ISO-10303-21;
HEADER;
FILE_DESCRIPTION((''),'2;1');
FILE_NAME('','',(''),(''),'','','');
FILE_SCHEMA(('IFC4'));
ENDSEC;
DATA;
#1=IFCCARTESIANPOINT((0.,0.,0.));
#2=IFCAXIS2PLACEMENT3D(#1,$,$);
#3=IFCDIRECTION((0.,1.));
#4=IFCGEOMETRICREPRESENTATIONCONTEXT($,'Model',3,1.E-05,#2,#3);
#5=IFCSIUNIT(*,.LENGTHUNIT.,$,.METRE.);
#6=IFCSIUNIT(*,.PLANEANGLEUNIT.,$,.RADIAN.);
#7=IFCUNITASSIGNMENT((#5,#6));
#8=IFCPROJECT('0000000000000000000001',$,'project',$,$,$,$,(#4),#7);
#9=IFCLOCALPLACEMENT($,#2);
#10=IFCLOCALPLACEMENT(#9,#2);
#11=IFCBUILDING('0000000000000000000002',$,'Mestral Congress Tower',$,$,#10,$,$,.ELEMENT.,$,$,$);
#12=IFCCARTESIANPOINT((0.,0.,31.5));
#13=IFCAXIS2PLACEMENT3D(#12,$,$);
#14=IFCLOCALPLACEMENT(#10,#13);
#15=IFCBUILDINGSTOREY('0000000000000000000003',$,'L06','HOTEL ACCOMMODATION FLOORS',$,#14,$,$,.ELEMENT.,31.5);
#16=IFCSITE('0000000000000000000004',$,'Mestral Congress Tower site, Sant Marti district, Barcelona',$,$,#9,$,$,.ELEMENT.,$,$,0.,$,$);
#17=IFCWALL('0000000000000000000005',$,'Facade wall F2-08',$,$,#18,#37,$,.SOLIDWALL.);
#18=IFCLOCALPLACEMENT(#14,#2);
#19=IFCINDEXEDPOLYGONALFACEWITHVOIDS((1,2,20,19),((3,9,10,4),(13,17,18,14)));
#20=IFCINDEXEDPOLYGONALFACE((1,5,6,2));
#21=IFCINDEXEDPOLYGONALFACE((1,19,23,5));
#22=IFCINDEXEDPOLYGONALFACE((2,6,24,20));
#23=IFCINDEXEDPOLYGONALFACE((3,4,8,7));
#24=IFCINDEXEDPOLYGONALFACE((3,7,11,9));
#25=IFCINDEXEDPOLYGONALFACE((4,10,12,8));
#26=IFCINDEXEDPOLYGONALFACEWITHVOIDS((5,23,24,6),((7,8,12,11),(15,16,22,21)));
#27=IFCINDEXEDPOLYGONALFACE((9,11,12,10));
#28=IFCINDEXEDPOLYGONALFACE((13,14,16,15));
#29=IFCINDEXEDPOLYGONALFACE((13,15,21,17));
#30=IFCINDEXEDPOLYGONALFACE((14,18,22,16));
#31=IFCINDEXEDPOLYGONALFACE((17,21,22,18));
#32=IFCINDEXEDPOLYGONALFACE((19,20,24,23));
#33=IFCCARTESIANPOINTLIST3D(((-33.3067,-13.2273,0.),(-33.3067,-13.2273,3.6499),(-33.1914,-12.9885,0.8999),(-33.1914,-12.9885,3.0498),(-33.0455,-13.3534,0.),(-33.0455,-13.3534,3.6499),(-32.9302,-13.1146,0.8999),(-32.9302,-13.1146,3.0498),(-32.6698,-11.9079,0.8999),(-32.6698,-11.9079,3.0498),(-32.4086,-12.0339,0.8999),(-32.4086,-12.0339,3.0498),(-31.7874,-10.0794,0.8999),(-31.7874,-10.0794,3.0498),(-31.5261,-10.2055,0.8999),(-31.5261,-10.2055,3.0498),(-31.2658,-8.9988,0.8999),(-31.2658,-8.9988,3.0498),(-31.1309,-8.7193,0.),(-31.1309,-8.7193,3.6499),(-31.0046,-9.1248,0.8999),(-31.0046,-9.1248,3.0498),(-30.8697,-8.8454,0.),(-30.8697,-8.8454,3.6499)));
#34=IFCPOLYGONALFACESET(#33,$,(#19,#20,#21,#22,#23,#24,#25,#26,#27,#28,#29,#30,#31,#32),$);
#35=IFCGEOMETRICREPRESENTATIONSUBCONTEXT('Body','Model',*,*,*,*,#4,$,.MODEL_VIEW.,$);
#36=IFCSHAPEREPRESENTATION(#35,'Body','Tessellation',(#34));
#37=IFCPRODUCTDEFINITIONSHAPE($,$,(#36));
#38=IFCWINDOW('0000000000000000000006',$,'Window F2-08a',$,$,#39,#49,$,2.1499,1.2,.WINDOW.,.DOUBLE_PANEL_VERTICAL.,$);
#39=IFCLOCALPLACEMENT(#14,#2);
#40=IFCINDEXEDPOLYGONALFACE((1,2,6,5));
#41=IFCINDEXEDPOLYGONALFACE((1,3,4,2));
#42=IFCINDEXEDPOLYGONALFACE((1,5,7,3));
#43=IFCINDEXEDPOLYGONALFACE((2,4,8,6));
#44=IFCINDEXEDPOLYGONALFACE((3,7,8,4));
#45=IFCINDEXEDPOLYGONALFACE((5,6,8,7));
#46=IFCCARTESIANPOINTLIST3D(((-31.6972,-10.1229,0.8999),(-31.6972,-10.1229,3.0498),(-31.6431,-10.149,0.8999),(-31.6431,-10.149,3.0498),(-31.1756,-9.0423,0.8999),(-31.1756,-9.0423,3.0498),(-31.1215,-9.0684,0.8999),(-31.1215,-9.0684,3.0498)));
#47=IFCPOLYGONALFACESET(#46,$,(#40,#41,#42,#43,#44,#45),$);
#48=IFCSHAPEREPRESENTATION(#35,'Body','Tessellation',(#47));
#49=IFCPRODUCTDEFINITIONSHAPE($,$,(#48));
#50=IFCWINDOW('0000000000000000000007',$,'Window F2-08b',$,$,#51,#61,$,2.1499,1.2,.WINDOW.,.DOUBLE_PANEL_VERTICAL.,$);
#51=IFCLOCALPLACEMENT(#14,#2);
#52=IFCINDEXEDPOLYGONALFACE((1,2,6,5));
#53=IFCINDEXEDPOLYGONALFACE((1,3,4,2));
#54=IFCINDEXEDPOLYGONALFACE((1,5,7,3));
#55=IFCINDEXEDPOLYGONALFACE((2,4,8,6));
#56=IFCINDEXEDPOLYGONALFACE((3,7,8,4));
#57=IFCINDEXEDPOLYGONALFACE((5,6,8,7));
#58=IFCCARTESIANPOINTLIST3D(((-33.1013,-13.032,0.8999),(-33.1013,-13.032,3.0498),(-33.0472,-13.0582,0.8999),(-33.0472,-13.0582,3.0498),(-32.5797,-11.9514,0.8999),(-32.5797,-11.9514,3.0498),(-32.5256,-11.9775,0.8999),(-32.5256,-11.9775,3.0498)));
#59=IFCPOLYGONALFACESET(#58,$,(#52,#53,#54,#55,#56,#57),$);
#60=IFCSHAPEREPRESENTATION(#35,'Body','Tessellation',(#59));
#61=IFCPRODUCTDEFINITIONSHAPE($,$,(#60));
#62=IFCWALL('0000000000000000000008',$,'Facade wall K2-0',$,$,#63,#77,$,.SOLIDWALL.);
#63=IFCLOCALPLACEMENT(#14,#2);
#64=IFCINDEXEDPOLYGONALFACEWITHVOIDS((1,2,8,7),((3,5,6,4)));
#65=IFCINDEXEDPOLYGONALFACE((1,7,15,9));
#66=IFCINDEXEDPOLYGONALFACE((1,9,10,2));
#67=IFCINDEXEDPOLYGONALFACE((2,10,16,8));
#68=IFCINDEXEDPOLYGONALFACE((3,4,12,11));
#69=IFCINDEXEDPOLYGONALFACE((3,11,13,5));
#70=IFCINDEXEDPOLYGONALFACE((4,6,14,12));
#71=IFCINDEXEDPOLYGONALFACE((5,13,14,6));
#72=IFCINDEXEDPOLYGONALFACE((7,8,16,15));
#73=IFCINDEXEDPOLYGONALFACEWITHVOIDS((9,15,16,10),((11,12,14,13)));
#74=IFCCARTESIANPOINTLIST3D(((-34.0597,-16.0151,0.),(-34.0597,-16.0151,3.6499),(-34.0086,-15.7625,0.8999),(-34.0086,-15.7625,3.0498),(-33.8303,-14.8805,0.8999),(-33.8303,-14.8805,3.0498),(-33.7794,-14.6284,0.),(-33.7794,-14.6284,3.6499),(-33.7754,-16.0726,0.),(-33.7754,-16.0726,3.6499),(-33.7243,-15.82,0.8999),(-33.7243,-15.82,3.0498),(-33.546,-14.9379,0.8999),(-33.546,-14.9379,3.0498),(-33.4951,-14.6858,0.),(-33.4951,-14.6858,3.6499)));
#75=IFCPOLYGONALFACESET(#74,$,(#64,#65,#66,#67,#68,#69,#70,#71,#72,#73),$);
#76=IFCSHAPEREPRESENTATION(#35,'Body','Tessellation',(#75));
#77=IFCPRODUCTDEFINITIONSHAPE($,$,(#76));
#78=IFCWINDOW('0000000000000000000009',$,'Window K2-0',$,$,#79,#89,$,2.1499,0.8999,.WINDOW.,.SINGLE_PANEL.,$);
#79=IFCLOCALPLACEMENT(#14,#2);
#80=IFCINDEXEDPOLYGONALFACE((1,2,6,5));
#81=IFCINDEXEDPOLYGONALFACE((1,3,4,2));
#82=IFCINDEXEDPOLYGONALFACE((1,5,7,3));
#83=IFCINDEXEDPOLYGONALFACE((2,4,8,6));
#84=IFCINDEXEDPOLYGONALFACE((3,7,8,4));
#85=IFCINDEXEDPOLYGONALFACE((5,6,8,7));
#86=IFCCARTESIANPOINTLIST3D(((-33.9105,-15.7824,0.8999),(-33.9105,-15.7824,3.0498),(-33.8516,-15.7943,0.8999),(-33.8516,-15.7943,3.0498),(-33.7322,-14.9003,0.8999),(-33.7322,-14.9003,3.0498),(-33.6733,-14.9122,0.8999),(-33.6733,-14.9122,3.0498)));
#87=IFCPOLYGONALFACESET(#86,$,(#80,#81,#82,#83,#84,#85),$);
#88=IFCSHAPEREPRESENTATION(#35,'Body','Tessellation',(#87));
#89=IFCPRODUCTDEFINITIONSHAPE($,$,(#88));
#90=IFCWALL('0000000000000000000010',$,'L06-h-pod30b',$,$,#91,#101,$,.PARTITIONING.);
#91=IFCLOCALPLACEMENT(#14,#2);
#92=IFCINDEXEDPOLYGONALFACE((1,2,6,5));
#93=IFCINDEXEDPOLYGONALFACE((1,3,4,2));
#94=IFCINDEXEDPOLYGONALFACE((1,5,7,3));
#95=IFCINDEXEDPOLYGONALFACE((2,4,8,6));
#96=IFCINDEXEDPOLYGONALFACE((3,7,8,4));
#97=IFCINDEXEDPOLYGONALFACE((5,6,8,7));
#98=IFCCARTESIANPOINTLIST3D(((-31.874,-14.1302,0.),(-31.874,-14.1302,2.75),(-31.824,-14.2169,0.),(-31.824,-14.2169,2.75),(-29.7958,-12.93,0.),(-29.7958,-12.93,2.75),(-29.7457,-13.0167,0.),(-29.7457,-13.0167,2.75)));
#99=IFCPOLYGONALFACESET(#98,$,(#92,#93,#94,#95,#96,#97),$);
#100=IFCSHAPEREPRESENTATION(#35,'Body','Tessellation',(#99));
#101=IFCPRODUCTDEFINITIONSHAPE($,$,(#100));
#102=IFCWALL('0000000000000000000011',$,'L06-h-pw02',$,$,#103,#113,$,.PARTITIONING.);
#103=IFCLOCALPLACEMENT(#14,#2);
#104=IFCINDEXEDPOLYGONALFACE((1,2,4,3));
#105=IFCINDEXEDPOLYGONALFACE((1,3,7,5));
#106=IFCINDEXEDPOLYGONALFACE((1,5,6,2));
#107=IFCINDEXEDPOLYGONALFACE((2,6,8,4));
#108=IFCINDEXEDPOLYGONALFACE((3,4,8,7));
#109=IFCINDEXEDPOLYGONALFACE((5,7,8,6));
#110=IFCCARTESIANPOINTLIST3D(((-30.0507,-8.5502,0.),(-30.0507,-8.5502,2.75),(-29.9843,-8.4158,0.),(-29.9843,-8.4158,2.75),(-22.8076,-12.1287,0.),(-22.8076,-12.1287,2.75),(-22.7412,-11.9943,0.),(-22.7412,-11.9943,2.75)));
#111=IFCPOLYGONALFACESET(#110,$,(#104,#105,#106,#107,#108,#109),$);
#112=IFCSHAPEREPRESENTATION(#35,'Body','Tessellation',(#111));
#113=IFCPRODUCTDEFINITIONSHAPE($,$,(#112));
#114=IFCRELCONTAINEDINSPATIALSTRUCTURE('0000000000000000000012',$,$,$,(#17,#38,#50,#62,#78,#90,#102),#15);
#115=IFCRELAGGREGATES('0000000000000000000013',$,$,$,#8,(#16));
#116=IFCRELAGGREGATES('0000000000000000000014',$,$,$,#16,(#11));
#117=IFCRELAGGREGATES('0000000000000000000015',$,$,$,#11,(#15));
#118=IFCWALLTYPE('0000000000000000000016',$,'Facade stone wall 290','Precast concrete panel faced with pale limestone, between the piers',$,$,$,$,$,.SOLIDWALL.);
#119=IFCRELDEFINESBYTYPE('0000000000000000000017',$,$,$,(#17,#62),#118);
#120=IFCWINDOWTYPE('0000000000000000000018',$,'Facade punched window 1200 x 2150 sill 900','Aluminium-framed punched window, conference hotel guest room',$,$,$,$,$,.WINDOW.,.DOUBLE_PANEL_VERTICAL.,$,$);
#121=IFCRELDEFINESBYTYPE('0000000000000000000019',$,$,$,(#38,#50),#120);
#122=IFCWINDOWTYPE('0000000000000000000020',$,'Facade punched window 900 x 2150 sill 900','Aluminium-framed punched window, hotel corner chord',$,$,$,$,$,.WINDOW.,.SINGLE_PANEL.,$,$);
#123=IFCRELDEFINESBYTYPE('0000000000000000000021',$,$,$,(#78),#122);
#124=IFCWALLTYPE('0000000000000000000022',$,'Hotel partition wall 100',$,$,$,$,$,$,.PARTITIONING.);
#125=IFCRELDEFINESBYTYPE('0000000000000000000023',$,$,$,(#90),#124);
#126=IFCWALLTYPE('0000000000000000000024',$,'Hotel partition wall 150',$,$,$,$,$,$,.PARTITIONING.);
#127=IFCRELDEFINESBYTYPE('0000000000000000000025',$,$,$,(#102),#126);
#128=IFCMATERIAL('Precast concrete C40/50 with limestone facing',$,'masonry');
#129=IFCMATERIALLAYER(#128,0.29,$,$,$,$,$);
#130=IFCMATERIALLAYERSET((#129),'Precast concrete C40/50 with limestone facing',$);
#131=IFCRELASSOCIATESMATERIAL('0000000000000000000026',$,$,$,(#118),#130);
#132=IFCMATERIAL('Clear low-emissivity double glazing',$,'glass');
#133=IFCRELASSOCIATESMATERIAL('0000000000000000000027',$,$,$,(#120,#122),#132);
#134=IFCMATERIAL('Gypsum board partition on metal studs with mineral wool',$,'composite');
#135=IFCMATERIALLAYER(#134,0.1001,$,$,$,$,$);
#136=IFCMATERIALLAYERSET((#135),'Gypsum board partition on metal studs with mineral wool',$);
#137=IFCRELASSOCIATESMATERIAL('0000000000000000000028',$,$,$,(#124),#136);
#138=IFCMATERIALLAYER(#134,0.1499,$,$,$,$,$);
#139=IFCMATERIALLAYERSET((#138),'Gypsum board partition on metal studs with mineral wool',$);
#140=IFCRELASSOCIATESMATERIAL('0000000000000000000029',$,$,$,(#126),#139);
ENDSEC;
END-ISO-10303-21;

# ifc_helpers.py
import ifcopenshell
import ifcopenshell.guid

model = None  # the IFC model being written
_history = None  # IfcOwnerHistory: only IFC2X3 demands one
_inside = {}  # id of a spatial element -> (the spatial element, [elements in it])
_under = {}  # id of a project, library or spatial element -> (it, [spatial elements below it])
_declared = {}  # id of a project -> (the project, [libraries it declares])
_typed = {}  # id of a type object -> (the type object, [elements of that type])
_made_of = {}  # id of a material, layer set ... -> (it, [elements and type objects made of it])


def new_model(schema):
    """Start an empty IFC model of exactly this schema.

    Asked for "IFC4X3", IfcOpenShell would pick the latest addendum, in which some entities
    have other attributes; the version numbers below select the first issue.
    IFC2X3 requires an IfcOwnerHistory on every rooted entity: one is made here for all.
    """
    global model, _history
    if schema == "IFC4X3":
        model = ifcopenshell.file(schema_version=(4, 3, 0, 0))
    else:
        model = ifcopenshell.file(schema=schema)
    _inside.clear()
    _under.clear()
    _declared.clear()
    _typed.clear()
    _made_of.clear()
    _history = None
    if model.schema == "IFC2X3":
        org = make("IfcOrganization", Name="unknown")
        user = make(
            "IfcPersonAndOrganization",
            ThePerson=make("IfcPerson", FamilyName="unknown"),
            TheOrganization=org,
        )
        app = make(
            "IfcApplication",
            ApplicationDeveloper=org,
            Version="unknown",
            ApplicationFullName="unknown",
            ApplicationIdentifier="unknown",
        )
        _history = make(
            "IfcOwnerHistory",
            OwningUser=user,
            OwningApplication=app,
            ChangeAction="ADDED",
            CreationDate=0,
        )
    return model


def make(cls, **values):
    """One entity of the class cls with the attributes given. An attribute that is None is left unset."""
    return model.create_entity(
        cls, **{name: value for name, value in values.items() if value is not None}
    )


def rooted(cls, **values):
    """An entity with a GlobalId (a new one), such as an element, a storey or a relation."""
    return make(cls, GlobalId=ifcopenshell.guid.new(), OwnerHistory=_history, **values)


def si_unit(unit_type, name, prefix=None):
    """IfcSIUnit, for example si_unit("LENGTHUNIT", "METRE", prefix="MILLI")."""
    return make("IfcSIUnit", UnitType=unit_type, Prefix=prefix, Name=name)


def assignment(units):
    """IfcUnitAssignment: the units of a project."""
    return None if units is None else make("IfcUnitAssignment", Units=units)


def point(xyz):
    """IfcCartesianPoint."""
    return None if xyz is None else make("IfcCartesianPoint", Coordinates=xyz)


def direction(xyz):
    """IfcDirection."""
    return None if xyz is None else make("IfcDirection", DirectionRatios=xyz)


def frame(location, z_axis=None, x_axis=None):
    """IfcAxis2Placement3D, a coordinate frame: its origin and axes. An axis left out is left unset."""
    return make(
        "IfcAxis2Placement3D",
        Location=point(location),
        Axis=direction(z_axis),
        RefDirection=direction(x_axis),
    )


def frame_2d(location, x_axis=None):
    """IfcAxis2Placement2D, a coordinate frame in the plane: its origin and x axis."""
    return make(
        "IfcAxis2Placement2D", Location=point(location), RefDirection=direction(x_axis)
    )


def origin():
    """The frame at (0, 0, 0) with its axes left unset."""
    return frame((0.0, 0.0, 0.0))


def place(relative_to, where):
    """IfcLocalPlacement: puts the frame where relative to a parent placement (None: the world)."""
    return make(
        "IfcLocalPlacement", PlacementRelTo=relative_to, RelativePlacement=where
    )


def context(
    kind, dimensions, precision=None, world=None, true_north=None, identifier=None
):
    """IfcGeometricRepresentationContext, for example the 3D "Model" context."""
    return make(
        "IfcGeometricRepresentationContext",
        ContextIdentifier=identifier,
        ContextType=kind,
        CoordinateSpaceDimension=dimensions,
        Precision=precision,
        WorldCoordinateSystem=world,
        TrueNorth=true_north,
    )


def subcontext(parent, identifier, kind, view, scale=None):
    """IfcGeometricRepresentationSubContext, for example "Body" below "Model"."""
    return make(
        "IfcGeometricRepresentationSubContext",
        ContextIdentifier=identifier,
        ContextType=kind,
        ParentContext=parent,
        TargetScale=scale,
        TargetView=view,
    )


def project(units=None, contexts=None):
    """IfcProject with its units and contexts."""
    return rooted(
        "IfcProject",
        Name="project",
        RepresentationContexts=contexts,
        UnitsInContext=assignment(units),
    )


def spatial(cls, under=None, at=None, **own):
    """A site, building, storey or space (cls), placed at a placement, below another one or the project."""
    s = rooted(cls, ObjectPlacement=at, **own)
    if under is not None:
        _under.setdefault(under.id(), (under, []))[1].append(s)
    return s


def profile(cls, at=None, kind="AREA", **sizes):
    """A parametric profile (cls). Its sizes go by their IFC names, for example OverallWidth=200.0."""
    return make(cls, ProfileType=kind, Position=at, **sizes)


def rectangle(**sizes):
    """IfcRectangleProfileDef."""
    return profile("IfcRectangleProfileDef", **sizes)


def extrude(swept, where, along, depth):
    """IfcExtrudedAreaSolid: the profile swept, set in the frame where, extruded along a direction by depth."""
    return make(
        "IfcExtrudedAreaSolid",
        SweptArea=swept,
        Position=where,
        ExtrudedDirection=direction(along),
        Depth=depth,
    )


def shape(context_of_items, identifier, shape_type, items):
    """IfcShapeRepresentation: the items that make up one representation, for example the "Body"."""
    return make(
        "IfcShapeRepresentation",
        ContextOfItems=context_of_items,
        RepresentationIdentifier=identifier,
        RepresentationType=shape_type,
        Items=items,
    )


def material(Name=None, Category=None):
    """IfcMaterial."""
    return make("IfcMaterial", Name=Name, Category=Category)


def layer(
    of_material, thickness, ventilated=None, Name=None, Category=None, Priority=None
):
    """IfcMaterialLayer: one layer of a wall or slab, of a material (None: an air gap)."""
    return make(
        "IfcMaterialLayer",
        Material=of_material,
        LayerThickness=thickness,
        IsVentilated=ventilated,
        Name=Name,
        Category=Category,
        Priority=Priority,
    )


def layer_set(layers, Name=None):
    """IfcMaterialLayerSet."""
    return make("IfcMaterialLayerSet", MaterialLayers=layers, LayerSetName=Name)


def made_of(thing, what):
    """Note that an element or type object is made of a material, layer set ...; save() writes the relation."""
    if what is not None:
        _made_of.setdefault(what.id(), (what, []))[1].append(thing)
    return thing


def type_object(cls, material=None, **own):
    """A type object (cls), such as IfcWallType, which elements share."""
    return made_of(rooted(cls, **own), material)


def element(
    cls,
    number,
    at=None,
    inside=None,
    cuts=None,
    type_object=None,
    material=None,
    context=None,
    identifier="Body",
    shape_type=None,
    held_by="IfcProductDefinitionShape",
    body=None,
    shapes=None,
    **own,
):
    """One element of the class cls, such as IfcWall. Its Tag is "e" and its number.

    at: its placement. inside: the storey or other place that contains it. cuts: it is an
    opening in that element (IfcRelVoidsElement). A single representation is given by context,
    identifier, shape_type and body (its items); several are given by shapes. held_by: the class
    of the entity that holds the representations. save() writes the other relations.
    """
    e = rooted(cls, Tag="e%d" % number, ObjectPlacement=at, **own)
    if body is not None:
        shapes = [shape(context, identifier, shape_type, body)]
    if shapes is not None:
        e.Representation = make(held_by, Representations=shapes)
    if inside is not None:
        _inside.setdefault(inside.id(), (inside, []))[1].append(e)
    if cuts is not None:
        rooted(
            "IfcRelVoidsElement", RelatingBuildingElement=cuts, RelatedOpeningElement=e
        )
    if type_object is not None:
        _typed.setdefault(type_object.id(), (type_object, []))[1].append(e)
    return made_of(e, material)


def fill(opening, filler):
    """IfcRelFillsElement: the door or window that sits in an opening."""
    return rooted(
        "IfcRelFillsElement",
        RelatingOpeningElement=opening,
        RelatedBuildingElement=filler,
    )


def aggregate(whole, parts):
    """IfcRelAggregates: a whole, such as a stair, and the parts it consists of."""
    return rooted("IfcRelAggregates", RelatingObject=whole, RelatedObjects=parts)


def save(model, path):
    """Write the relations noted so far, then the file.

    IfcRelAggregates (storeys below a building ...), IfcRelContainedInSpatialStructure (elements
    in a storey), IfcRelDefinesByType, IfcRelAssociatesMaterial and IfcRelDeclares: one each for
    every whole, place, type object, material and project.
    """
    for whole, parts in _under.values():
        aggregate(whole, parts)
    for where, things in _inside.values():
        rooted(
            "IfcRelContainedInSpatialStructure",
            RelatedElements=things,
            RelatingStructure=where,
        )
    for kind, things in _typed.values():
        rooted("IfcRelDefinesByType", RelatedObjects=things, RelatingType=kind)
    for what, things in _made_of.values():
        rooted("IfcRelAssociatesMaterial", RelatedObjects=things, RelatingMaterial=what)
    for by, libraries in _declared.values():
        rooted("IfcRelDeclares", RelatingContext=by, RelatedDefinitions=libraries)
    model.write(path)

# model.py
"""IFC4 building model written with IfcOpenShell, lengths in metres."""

from ifc_helpers import new_model, si_unit, direction, frame, frame_2d, origin, place, context, subcontext, project, spatial, rectangle, extrude, material, layer, layer_set, type_object, element, fill, save


model = new_model("IFC4")

# Units and contexts
model_context = context("Model", 3, precision=1e-05, world=origin(), true_north=direction((0.0, 1.0)))
body_context = subcontext(model_context, "Body", "Model", "MODEL_VIEW")
ifc_project = project(units=[si_unit("LENGTHUNIT", "METRE"), si_unit("PLANEANGLEUNIT", "RADIAN")], contexts=[model_context])

# Site, building, storey
site_placement = place(None, origin())
site = spatial("IfcSite", under=ifc_project, at=site_placement, Name="Mestral Congress Tower site, Sant Marti district, Barcelona", CompositionType="ELEMENT", RefElevation=0.0)
building_placement = place(site_placement, origin())
building = spatial("IfcBuilding", under=site, at=building_placement, Name="Mestral Congress Tower", CompositionType="ELEMENT")
storey_placement = place(building_placement, frame((0.0, 0.0, 31.5)))
storey = spatial("IfcBuildingStorey", under=building, at=storey_placement, Name="L06", Description="HOTEL ACCOMMODATION FLOORS", CompositionType="ELEMENT", Elevation=31.5)

# Wall, openings, windows
ifc_material_1 = material(Name="Precast concrete C40/50 with limestone facing", Category="masonry")
ifc_layer_1 = layer(ifc_material_1, 0.29)
ifc_layer_set_1 = layer_set([ifc_layer_1], Name="Precast concrete C40/50 with limestone facing")
wall_type_1 = type_object("IfcWallType", Name="Facade stone wall 290", Description="Precast concrete panel faced with pale limestone, between the piers", PredefinedType="SOLIDWALL", material=ifc_layer_set_1)
wall_1_placement = place(storey_placement, frame((-31.0002, -8.7822, 0.0), z_axis=(0.0, 0.0, 1.0), x_axis=(-0.434664, -0.900592, 0.0)))
wall_1 = element("IfcWall", 1, at=wall_1_placement, inside=storey, type_object=wall_type_1, Name="Facade wall F2-08", PredefinedType="SOLIDWALL", context=body_context, shape_type="SweptSolid", body=[
    extrude(rectangle(XDim=5.0056, YDim=0.29, at=frame_2d((2.5029, 0.0))), origin(), (0.0, 0.0, 1.0), 3.6499),
])
opening_1_placement = place(wall_1_placement, frame((0.3103, 0.0, 0.8999)))
opening_1 = element("IfcOpeningElement", 2, at=opening_1_placement, cuts=wall_1, PredefinedType="OPENING", context=body_context, shape_type="SweptSolid", body=[
    extrude(rectangle(XDim=1.2, YDim=2.1499, at=frame_2d((0.6001, 1.075))), frame((0.0, 0.155, 0.0), z_axis=(0.0, -1.0, 0.0), x_axis=(1.0, 0.0, 0.0)), (0.0, 0.0, 1.0), 0.3101),
])
opening_2_placement = place(wall_1_placement, frame((3.5405, 0.0, 0.8999)))
opening_2 = element("IfcOpeningElement", 3, at=opening_2_placement, cuts=wall_1, PredefinedType="OPENING", context=body_context, shape_type="SweptSolid", body=[
    extrude(rectangle(XDim=1.2, YDim=2.1499, at=frame_2d((0.6001, 1.075))), frame((0.0, 0.155, 0.0), z_axis=(0.0, -1.0, 0.0), x_axis=(1.0, 0.0, 0.0)), (0.0, 0.0, 1.0), 0.3101),
])
ifc_material_2 = material(Name="Clear low-emissivity double glazing", Category="glass")
window_type_1 = type_object("IfcWindowType", Name="Facade punched window 1200 x 2150 sill 900", Description="Aluminium-framed punched window, conference hotel guest room", PartitioningType="DOUBLE_PANEL_VERTICAL", PredefinedType="WINDOW", material=ifc_material_2)
window_1_placement = place(opening_1_placement, origin())
window_1 = element("IfcWindow", 4, at=window_1_placement, inside=storey, type_object=window_type_1, Name="Window F2-08a", OverallHeight=2.1499, OverallWidth=1.2, PartitioningType="DOUBLE_PANEL_VERTICAL", PredefinedType="WINDOW", context=body_context, shape_type="SweptSolid", body=[
    extrude(rectangle(XDim=1.2, YDim=2.1499, at=frame_2d((0.6001, 1.075))), frame((0.0, 0.0151, 0.0), z_axis=(0.0, -1.0, 0.0), x_axis=(1.0, 0.0, 0.0)), (0.0, 0.0, 1.0), 0.0601),
])
fill(opening_1, window_1)
window_2_placement = place(opening_2_placement, origin())
window_2 = element("IfcWindow", 5, at=window_2_placement, inside=storey, type_object=window_type_1, Name="Window F2-08b", OverallHeight=2.1499, OverallWidth=1.2, PartitioningType="DOUBLE_PANEL_VERTICAL", PredefinedType="WINDOW", context=body_context, shape_type="SweptSolid", body=[
    extrude(rectangle(XDim=1.2, YDim=2.1499, at=frame_2d((0.6001, 1.075))), frame((0.0, 0.0151, 0.0), z_axis=(0.0, -1.0, 0.0), x_axis=(1.0, 0.0, 0.0)), (0.0, 0.0, 1.0), 0.0601),
])
fill(opening_2, window_2)

# Wall, opening, window
wall_2_placement = place(storey_placement, frame((-33.6372, -14.657, 0.0), z_axis=(0.0, 0.0, 1.0), x_axis=(-0.198107, -0.98018, 0.0)))
wall_2 = element("IfcWall", 6, at=wall_2_placement, inside=storey, type_object=wall_type_1, Name="Facade wall K2-0", PredefinedType="SOLIDWALL", context=body_context, shape_type="SweptSolid", body=[
    extrude(rectangle(XDim=1.4148, YDim=0.29, at=frame_2d((0.7075, 0.0))), origin(), (0.0, 0.0, 1.0), 3.6499),
])
opening_3_placement = place(wall_2_placement, frame((0.2573, 0.0, 0.8999)))
opening_3 = element("IfcOpeningElement", 7, at=opening_3_placement, cuts=wall_2, PredefinedType="OPENING", context=body_context, shape_type="SweptSolid", body=[
    extrude(rectangle(XDim=0.8999, YDim=2.1499, at=frame_2d((0.45, 1.075))), frame((0.0, 0.155, 0.0), z_axis=(0.0, -1.0, 0.0), x_axis=(1.0, 0.0, 0.0)), (0.0, 0.0, 1.0), 0.3101),
])
window_type_2 = type_object("IfcWindowType", Name="Facade punched window 900 x 2150 sill 900", Description="Aluminium-framed punched window, hotel corner chord", PartitioningType="SINGLE_PANEL", PredefinedType="WINDOW", material=ifc_material_2)
window_3_placement = place(opening_3_placement, origin())
window_3 = element("IfcWindow", 8, at=window_3_placement, inside=storey, type_object=window_type_2, Name="Window K2-0", OverallHeight=2.1499, OverallWidth=0.8999, PartitioningType="SINGLE_PANEL", PredefinedType="WINDOW", context=body_context, shape_type="SweptSolid", body=[
    extrude(rectangle(XDim=0.8999, YDim=2.1499, at=frame_2d((0.45, 1.075))), frame((0.0, 0.0151, 0.0), z_axis=(0.0, -1.0, 0.0), x_axis=(1.0, 0.0, 0.0)), (0.0, 0.0, 1.0), 0.0601),
])
fill(opening_3, window_3)

# Walls
ifc_material_3 = material(Name="Gypsum board partition on metal studs with mineral wool", Category="composite")
ifc_layer_2 = layer(ifc_material_3, 0.1001)
ifc_layer_set_2 = layer_set([ifc_layer_2], Name="Gypsum board partition on metal studs with mineral wool")
wall_type_2 = type_object("IfcWallType", Name="Hotel partition wall 100", PredefinedType="PARTITIONING", material=ifc_layer_set_2)
wall_3_placement = place(storey_placement, frame((-29.7708, -12.9734, 0.0), z_axis=(0.0, 0.0, 1.0), x_axis=(-0.865981, -0.500078, 0.0)))
element("IfcWall", 9, at=wall_3_placement, inside=storey, type_object=wall_type_2, Name="L06-h-pod30b", PredefinedType="PARTITIONING", context=body_context, shape_type="SweptSolid", body=[
    extrude(rectangle(XDim=2.3999, YDim=0.1001, at=frame_2d((1.2, 0.0))), origin(), (0.0, 0.0, 1.0), 2.75),
])
ifc_layer_3 = layer(ifc_material_3, 0.1499)
ifc_layer_set_3 = layer_set([ifc_layer_3], Name="Gypsum board partition on metal studs with mineral wool")
wall_type_3 = type_object("IfcWallType", Name="Hotel partition wall 150", PredefinedType="PARTITIONING", material=ifc_layer_set_3)
wall_4_placement = place(storey_placement, frame((-30.0176, -8.4829, 0.0), z_axis=(0.0, 0.0, 1.0), x_axis=(0.896545, -0.442954, 0.0)))
element("IfcWall", 10, at=wall_4_placement, inside=storey, type_object=wall_type_3, Name="L06-h-pw02", PredefinedType="PARTITIONING", context=body_context, shape_type="SweptSolid", body=[
    extrude(rectangle(XDim=8.0789, YDim=0.1499, at=frame_2d((4.0396, 0.0))), origin(), (0.0, 0.0, 1.0), 2.75),
])

save(model, "model.ifc")
